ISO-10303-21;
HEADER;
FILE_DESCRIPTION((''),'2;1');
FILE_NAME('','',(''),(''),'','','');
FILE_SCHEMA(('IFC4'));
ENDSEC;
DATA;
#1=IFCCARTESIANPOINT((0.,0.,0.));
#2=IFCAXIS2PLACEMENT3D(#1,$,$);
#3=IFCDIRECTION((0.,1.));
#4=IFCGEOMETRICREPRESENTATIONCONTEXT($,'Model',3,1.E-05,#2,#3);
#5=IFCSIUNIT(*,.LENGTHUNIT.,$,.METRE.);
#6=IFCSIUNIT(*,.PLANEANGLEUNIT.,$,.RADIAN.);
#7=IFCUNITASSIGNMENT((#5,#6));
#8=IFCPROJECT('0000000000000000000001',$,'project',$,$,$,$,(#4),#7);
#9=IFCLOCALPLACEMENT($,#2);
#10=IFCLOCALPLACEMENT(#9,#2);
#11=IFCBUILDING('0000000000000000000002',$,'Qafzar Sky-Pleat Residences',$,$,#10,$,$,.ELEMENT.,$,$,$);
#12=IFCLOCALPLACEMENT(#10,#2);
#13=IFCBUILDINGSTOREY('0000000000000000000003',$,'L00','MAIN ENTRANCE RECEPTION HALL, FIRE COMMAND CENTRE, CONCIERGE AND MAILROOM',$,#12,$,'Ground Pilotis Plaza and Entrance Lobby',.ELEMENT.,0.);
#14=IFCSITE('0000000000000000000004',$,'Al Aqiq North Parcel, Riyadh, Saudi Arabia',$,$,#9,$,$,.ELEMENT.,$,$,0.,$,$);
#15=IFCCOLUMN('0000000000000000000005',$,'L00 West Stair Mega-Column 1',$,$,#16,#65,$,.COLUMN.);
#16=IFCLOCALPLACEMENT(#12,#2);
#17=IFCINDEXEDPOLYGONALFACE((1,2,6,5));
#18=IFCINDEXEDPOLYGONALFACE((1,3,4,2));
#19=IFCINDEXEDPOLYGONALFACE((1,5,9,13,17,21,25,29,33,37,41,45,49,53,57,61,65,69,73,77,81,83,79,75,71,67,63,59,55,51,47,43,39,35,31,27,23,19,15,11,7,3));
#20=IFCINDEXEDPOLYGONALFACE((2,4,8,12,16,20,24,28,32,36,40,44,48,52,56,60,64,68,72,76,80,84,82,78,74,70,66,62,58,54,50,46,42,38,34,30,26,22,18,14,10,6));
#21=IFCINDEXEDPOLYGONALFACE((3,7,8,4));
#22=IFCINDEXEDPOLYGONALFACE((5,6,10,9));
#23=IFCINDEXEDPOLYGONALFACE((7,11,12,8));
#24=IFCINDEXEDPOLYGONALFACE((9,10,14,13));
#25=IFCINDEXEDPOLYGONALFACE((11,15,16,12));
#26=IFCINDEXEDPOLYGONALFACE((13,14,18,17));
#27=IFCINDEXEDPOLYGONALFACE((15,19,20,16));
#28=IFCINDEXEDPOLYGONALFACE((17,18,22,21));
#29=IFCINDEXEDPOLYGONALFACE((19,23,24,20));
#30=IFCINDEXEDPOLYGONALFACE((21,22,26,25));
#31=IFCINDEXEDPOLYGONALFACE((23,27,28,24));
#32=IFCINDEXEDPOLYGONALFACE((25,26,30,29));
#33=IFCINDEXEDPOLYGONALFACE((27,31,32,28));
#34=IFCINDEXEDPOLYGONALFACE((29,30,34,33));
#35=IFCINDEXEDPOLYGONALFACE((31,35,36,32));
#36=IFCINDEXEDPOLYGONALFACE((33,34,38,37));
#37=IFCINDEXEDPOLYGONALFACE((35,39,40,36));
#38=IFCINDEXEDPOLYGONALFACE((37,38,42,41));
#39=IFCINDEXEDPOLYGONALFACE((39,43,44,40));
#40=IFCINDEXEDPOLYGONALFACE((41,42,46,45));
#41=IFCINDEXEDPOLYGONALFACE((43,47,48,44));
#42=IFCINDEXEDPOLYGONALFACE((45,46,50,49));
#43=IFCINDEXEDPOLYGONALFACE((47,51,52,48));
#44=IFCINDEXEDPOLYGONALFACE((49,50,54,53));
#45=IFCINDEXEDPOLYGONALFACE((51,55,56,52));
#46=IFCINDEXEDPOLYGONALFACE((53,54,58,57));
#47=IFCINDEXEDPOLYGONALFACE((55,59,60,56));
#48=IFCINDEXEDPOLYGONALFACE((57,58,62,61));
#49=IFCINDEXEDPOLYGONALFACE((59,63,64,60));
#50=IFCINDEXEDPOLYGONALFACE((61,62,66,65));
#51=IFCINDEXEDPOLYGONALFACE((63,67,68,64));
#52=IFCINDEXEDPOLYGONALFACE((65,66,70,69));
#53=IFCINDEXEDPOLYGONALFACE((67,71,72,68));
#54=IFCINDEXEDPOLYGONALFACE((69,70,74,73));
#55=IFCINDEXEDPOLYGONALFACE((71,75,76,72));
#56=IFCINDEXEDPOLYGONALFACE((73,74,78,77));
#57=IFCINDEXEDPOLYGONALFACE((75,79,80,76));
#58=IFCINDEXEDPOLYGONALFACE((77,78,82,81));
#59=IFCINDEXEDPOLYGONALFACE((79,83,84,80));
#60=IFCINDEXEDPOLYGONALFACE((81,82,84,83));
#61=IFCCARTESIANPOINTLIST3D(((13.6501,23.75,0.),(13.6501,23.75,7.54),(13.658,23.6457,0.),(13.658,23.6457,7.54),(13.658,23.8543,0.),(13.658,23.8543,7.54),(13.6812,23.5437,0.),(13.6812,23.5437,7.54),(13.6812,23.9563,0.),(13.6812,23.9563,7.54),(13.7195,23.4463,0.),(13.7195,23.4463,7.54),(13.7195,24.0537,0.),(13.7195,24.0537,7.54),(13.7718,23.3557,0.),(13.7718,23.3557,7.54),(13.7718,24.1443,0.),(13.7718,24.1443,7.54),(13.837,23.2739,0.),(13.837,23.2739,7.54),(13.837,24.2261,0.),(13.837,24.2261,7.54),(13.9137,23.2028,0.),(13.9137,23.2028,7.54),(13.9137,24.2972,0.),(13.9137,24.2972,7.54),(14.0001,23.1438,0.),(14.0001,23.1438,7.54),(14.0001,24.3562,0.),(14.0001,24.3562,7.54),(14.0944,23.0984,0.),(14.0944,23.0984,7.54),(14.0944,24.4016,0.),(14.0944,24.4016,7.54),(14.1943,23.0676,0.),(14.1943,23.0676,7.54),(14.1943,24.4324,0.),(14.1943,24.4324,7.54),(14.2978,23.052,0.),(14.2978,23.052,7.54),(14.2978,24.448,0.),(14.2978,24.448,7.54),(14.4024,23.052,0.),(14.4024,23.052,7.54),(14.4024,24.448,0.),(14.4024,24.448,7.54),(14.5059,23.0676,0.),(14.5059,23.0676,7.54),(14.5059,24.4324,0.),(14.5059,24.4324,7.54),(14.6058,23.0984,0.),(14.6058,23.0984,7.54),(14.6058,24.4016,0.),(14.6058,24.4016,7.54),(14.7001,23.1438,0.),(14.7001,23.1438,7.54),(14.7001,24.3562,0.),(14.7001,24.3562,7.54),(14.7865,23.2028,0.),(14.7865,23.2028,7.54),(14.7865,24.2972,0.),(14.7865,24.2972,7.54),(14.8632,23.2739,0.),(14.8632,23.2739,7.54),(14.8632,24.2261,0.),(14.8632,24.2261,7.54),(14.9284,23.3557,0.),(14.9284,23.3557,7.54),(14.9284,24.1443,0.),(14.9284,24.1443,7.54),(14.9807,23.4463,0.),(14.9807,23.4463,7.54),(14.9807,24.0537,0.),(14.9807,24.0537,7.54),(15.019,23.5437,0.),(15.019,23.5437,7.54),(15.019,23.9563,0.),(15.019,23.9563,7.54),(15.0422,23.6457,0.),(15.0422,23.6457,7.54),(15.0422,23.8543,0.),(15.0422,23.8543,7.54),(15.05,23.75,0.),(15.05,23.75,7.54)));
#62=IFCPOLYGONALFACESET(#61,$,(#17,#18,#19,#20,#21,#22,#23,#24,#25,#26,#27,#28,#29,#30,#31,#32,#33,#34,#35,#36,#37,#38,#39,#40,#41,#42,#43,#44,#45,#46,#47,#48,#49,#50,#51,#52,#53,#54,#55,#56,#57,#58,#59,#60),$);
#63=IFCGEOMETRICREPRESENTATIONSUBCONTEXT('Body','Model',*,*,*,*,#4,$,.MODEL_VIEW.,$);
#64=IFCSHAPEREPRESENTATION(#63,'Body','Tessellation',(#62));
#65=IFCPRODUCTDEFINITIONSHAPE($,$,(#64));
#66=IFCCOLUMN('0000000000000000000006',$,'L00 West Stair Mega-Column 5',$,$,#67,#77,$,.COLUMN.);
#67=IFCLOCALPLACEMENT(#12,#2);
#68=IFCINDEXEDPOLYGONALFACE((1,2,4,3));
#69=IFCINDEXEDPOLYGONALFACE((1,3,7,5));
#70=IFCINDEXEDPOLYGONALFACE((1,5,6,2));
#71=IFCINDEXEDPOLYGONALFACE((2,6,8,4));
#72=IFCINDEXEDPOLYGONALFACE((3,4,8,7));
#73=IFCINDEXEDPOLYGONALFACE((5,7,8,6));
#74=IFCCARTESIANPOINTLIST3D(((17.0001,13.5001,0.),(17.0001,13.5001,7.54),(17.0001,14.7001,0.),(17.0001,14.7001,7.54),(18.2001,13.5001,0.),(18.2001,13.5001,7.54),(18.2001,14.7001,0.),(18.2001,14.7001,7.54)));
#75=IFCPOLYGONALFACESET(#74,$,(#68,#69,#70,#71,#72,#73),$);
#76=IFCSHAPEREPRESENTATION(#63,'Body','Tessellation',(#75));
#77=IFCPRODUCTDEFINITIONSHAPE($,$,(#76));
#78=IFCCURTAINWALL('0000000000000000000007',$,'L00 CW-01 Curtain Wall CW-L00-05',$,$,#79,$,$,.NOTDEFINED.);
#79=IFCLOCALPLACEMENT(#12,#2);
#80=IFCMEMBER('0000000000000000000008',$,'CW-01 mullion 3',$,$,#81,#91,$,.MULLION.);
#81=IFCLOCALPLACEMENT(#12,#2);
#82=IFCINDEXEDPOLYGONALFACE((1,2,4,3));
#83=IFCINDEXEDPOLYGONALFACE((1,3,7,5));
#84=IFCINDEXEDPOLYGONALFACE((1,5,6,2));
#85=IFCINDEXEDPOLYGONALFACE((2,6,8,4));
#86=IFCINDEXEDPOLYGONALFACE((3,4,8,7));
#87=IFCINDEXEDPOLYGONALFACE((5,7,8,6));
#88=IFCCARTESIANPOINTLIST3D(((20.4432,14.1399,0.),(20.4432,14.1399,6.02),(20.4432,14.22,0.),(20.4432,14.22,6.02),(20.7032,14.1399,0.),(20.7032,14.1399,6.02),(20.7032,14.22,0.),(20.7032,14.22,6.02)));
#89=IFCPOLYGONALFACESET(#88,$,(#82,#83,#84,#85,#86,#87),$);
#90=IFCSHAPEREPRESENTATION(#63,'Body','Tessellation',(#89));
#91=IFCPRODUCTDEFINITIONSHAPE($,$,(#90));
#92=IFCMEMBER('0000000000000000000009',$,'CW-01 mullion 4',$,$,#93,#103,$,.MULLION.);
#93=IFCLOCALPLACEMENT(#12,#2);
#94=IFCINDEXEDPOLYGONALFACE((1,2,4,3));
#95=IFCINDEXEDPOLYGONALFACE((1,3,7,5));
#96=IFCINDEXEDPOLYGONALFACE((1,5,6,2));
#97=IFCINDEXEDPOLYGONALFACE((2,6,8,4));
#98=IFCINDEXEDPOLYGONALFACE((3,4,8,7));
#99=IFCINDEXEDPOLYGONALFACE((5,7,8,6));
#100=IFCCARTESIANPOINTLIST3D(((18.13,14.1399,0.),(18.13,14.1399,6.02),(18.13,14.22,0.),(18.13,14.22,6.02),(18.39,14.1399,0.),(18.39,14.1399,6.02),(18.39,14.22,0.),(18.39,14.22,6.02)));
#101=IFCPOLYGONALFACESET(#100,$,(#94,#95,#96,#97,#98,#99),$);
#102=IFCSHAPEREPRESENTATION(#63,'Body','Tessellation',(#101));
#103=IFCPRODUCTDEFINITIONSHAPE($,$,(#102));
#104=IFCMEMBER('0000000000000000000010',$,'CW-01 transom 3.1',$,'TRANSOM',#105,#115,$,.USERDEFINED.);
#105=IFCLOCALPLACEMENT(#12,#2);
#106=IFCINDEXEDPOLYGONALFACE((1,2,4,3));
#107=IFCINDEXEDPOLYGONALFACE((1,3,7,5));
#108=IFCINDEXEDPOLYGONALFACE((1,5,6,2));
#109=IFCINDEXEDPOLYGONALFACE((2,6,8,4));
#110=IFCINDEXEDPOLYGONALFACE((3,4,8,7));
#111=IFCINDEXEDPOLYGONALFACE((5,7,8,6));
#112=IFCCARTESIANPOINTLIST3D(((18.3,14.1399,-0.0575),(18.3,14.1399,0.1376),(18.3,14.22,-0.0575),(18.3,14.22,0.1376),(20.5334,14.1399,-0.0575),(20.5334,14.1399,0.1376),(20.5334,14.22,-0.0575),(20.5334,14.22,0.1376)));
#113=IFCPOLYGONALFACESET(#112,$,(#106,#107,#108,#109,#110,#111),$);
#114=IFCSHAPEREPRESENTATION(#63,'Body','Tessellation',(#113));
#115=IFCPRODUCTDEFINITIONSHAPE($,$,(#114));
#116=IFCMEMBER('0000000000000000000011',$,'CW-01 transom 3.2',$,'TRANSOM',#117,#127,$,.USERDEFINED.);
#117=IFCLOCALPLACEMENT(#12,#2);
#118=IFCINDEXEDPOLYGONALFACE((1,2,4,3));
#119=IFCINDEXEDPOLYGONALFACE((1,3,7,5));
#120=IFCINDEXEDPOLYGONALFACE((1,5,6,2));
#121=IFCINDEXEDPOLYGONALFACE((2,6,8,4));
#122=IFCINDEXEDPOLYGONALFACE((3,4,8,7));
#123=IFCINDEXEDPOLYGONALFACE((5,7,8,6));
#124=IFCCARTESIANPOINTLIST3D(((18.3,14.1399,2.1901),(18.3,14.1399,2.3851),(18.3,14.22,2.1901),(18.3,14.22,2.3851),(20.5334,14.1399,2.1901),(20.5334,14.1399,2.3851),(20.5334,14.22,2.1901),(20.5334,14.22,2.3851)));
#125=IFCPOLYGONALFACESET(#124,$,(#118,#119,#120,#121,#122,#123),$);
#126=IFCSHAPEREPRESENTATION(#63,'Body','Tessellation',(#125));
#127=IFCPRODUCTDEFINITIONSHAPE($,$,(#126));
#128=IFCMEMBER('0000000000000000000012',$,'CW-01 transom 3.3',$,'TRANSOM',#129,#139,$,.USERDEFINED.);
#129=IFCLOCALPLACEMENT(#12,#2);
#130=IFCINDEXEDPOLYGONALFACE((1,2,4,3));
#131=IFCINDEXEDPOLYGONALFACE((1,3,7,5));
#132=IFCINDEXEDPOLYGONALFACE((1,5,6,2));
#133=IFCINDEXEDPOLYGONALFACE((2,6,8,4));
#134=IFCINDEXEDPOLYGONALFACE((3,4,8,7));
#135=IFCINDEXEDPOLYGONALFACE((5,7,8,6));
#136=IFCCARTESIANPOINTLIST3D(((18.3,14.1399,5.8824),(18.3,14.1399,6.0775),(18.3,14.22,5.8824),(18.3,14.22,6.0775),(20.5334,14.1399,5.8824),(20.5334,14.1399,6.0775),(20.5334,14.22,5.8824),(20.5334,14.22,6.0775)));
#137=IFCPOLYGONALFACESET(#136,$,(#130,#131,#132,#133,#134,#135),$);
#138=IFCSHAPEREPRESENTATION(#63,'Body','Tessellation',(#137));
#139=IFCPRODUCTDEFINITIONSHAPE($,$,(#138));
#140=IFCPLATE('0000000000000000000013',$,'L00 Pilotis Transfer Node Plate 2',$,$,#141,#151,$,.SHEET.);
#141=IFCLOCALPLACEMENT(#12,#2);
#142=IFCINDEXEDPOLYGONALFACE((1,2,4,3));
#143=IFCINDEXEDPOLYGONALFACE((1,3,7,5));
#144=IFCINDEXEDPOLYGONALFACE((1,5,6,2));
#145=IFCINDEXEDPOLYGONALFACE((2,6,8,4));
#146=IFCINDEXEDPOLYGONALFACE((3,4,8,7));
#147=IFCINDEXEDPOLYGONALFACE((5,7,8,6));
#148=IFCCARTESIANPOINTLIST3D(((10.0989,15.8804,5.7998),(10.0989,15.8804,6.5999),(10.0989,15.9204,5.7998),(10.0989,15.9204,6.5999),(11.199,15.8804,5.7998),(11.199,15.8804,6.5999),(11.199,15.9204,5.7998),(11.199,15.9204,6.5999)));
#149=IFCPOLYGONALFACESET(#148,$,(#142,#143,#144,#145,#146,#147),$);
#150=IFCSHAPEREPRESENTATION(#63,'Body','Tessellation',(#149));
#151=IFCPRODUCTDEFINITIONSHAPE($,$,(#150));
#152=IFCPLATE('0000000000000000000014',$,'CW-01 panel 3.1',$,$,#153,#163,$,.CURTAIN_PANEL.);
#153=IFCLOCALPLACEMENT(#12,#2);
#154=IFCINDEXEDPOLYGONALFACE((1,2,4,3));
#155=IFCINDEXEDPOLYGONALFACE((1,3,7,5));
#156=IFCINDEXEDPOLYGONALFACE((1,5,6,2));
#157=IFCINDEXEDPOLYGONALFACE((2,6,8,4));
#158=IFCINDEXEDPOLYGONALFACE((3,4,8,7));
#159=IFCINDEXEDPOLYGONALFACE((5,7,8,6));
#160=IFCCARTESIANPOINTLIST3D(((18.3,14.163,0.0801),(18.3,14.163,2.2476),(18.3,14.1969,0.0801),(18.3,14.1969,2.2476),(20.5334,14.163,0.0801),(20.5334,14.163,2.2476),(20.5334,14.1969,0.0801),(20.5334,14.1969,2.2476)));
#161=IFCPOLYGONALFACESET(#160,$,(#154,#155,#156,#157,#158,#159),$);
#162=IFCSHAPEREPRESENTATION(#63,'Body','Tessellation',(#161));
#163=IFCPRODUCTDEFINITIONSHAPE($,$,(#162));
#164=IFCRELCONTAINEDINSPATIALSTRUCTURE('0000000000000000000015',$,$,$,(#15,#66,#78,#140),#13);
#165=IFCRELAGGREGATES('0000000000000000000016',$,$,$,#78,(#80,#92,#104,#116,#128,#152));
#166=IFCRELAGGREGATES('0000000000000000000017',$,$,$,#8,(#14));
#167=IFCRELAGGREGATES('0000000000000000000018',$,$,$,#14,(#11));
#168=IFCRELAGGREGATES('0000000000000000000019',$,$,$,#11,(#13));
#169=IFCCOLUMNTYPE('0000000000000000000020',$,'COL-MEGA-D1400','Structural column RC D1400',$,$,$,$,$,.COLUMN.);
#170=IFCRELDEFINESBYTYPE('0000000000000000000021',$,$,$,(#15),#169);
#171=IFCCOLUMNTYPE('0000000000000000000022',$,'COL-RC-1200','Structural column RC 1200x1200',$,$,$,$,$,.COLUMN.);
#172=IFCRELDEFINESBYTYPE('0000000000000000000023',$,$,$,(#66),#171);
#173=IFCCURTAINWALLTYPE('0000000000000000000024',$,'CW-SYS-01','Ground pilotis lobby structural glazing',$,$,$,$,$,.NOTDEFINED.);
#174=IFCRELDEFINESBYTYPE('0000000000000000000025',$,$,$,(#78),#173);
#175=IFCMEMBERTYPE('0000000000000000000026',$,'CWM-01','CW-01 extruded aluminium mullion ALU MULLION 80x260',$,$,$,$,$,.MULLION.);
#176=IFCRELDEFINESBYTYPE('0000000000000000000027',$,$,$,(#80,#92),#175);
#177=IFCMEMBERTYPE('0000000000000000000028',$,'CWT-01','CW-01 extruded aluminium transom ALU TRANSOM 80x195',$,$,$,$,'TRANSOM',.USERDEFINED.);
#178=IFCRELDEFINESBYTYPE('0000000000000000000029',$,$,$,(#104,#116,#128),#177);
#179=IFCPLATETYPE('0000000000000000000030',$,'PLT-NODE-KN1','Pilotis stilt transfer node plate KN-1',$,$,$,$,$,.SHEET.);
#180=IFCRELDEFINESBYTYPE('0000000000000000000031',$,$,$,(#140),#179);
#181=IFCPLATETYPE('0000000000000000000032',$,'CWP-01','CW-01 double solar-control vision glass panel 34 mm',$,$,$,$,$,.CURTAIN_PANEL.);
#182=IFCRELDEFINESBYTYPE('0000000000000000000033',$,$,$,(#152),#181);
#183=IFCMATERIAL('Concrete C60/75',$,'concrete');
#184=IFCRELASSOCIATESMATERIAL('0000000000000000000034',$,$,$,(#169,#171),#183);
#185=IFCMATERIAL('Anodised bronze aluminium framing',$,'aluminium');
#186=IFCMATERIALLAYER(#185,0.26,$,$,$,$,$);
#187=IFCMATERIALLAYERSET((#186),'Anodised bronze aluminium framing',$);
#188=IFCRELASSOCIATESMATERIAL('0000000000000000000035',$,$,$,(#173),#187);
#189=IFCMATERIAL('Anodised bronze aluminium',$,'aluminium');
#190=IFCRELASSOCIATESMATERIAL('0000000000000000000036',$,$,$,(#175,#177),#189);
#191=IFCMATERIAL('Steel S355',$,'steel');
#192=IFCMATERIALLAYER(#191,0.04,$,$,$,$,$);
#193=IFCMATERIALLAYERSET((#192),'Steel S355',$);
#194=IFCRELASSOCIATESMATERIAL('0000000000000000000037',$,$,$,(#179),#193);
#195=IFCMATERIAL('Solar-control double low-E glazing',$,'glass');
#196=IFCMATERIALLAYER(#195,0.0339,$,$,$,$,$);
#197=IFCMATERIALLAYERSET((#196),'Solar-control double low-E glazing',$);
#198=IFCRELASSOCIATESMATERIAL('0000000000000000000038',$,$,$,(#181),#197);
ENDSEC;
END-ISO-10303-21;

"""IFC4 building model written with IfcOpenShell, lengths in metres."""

from ifc_helpers import new_model, si_unit, direction, frame, origin, origin_2d, place, context, subcontext, project, spatial, rectangle, circle, extrude, source, transform, mapped, material, layer, layer_set, material_profile, profile_set, type_object, element, aggregate, save


model = new_model("IFC4")

# Units and contexts
model_context = context("Model", 3, precision=1e-05, world=origin(), true_north=direction((0.0, 1.0)))
body_context = subcontext(model_context, "Body", "Model", "MODEL_VIEW")
ifc_project = project(units=[si_unit("LENGTHUNIT", "METRE"), si_unit("PLANEANGLEUNIT", "RADIAN")], contexts=[model_context])

# Site, building, storey
site_placement = place(None, origin())
site = spatial("IfcSite", under=ifc_project, at=site_placement, Name="Al Aqiq North Parcel, Riyadh, Saudi Arabia", CompositionType="ELEMENT", RefElevation=0.0)
building_placement = place(site_placement, origin())
building = spatial("IfcBuilding", under=site, at=building_placement, Name="Qafzar Sky-Pleat Residences", CompositionType="ELEMENT")
storey_placement = place(building_placement, origin())
storey = spatial("IfcBuildingStorey", under=building, at=storey_placement, Name="L00", Description="MAIN ENTRANCE RECEPTION HALL, FIRE COMMAND CENTRE, CONCIERGE AND MAILROOM", LongName="Ground Pilotis Plaza and Entrance Lobby", CompositionType="ELEMENT", Elevation=0.0)

# Columns
ifc_material_1 = material(Name="Concrete C60/75", Category="concrete")
ifc_material_profile_1 = material_profile(ifc_material_1, circle(Radius=0.7, at=origin_2d()), Name="RC D1400")
ifc_profile_set_1 = profile_set([ifc_material_profile_1], Name="Concrete C60/75")
column_type_1 = type_object("IfcColumnType", Name="COL-MEGA-D1400", Description="Structural column RC D1400", PredefinedType="COLUMN", material=ifc_profile_set_1)
shared_shape_1 = source(origin(), body_context, "Body", "SweptSolid", [
    extrude(circle(Radius=0.7, at=origin_2d()), origin(), (0.0, 0.0, 1.0), 7.54),
])
column_1_placement = place(storey_placement, frame((14.3501, 23.75, 0.0), z_axis=(0.0, 0.0, 1.0), x_axis=(1.0, 0.0, 0.0)))
element("IfcColumn", 1, at=column_1_placement, inside=storey, type_object=column_type_1, Name="L00 West Stair Mega-Column 1", PredefinedType="COLUMN", context=body_context, shape_type="MappedRepresentation", body=[
    mapped(shared_shape_1, transform((0.0, 0.0, 0.0), x_axis=(1.0, 0.0, 0.0), y_axis=(0.0, 1.0, 0.0), z_axis=(0.0, 0.0, 1.0), scale=1.0)),
])
ifc_material_profile_2 = material_profile(ifc_material_1, rectangle(XDim=1.2, YDim=1.2, at=origin_2d()), Name="RC 1200x1200")
ifc_profile_set_2 = profile_set([ifc_material_profile_2], Name="Concrete C60/75")
column_type_2 = type_object("IfcColumnType", Name="COL-RC-1200", Description="Structural column RC 1200x1200", PredefinedType="COLUMN", material=ifc_profile_set_2)
shared_shape_2 = source(origin(), body_context, "Body", "SweptSolid", [
    extrude(rectangle(XDim=1.2, YDim=1.2, at=origin_2d()), origin(), (0.0, 0.0, 1.0), 7.54),
])
column_2_placement = place(storey_placement, frame((17.6001, 14.1001, 0.0), z_axis=(0.0, 0.0, 1.0), x_axis=(1.0, 0.0, 0.0)))
element("IfcColumn", 2, at=column_2_placement, inside=storey, type_object=column_type_2, Name="L00 West Stair Mega-Column 5", PredefinedType="COLUMN", context=body_context, shape_type="MappedRepresentation", body=[
    mapped(shared_shape_2, transform((0.0, 0.0, 0.0), x_axis=(1.0, 0.0, 0.0), y_axis=(0.0, 1.0, 0.0), z_axis=(0.0, 0.0, 1.0), scale=1.0)),
])

# Curtain wall, members
ifc_material_2 = material(Name="Anodised bronze aluminium framing", Category="aluminium")
ifc_layer_1 = layer(ifc_material_2, 0.26)
ifc_layer_set_1 = layer_set([ifc_layer_1], Name="Anodised bronze aluminium framing")
curtain_wall_type = type_object("IfcCurtainWallType", Name="CW-SYS-01", Description="Ground pilotis lobby structural glazing", PredefinedType="NOTDEFINED", material=ifc_layer_set_1)
curtain_wall_placement = place(storey_placement, origin())
curtain_wall = element("IfcCurtainWall", 3, at=curtain_wall_placement, inside=storey, type_object=curtain_wall_type, Name="L00 CW-01 Curtain Wall CW-L00-05", PredefinedType="NOTDEFINED")
ifc_material_3 = material(Name="Anodised bronze aluminium", Category="aluminium")
ifc_material_profile_3 = material_profile(ifc_material_3, rectangle(XDim=0.0801, YDim=0.26, at=origin_2d()), Name="ALU MULLION 80x260")
ifc_profile_set_3 = profile_set([ifc_material_profile_3], Name="Anodised bronze aluminium")
member_type_1 = type_object("IfcMemberType", Name="CWM-01", Description="CW-01 extruded aluminium mullion ALU MULLION 80x260", PredefinedType="MULLION", material=ifc_profile_set_3)
shared_shape_3 = source(origin(), body_context, "Body", "SweptSolid", [
    extrude(rectangle(XDim=0.0801, YDim=0.26, at=origin_2d()), origin(), (0.0, 0.0, 1.0), 6.02),
])
member_1_placement = place(storey_placement, frame((20.5732, 14.1799, 0.0), z_axis=(0.0, 0.0, 1.0), x_axis=(0.0, -1.0, 0.0)))
member_1 = element("IfcMember", 4, at=member_1_placement, type_object=member_type_1, Name="CW-01 mullion 3", PredefinedType="MULLION", context=body_context, shape_type="MappedRepresentation", body=[
    mapped(shared_shape_3, transform((0.0, 0.0, 0.0), x_axis=(1.0, 0.0, 0.0), y_axis=(0.0, 1.0, 0.0), z_axis=(0.0, 0.0, 1.0), scale=1.0)),
])
member_2_placement = place(storey_placement, frame((18.26, 14.1799, 0.0), z_axis=(0.0, 0.0, 1.0), x_axis=(0.0, -1.0, 0.0)))
member_2 = element("IfcMember", 5, at=member_2_placement, type_object=member_type_1, Name="CW-01 mullion 4", PredefinedType="MULLION", context=body_context, shape_type="MappedRepresentation", body=[
    mapped(shared_shape_3, transform((0.0, 0.0, 0.0), x_axis=(1.0, 0.0, 0.0), y_axis=(0.0, 1.0, 0.0), z_axis=(0.0, 0.0, 1.0), scale=1.0)),
])
ifc_material_profile_4 = material_profile(ifc_material_3, rectangle(XDim=0.0801, YDim=0.1951, at=origin_2d()), Name="ALU TRANSOM 80x195")
ifc_profile_set_4 = profile_set([ifc_material_profile_4], Name="Anodised bronze aluminium")
member_type_2 = type_object("IfcMemberType", Name="CWT-01", Description="CW-01 extruded aluminium transom ALU TRANSOM 80x195", ElementType="TRANSOM", PredefinedType="USERDEFINED", material=ifc_profile_set_4)
shared_shape_4 = source(origin(), body_context, "Body", "SweptSolid", [
    extrude(rectangle(XDim=0.0801, YDim=0.1951, at=origin_2d()), origin(), (0.0, 0.0, 1.0), 2.2334),
])
member_3_placement = place(storey_placement, frame((20.5334, 14.1799, 0.04), z_axis=(-1.0, 0.0, 0.0), x_axis=(0.0, -1.0, 0.0)))
member_3 = element("IfcMember", 6, at=member_3_placement, type_object=member_type_2, Name="CW-01 transom 3.1", ObjectType="TRANSOM", PredefinedType="USERDEFINED", context=body_context, shape_type="MappedRepresentation", body=[
    mapped(shared_shape_4, transform((0.0, 0.0, 0.0), x_axis=(1.0, 0.0, 0.0), y_axis=(0.0, 1.0, 0.0), z_axis=(0.0, 0.0, 1.0), scale=1.0)),
])
member_4_placement = place(storey_placement, frame((20.5334, 14.1799, 2.2876), z_axis=(-1.0, 0.0, 0.0), x_axis=(0.0, -1.0, 0.0)))
member_4 = element("IfcMember", 7, at=member_4_placement, type_object=member_type_2, Name="CW-01 transom 3.2", ObjectType="TRANSOM", PredefinedType="USERDEFINED", context=body_context, shape_type="MappedRepresentation", body=[
    mapped(shared_shape_4, transform((0.0, 0.0, 0.0), x_axis=(1.0, 0.0, 0.0), y_axis=(0.0, 1.0, 0.0), z_axis=(0.0, 0.0, 1.0), scale=1.0)),
])
member_5_placement = place(storey_placement, frame((20.5334, 14.1799, 5.98), z_axis=(-1.0, 0.0, 0.0), x_axis=(0.0, -1.0, 0.0)))
member_5 = element("IfcMember", 8, at=member_5_placement, type_object=member_type_2, Name="CW-01 transom 3.3", ObjectType="TRANSOM", PredefinedType="USERDEFINED", context=body_context, shape_type="MappedRepresentation", body=[
    mapped(shared_shape_4, transform((0.0, 0.0, 0.0), x_axis=(1.0, 0.0, 0.0), y_axis=(0.0, 1.0, 0.0), z_axis=(0.0, 0.0, 1.0), scale=1.0)),
])

# Plates
ifc_material_4 = material(Name="Steel S355", Category="steel")
ifc_layer_2 = layer(ifc_material_4, 0.04)
ifc_layer_set_2 = layer_set([ifc_layer_2], Name="Steel S355")
plate_type_1 = type_object("IfcPlateType", Name="PLT-NODE-KN1", Description="Pilotis stilt transfer node plate KN-1", PredefinedType="SHEET", material=ifc_layer_set_2)
shared_shape_5 = source(origin(), body_context, "Body", "SweptSolid", [
    extrude(rectangle(XDim=1.1001, YDim=0.04, at=origin_2d()), origin(), (0.0, 0.0, 1.0), 0.8),
])
plate_1_placement = place(storey_placement, frame((10.6489, 15.9004, 5.7998), z_axis=(0.0, 0.0, 1.0), x_axis=(1.0, 0.0, 0.0)))
element("IfcPlate", 9, at=plate_1_placement, inside=storey, type_object=plate_type_1, Name="L00 Pilotis Transfer Node Plate 2", PredefinedType="SHEET", context=body_context, shape_type="MappedRepresentation", body=[
    mapped(shared_shape_5, transform((0.0, 0.0, 0.0), x_axis=(1.0, 0.0, 0.0), y_axis=(0.0, 1.0, 0.0), z_axis=(0.0, 0.0, 1.0), scale=1.0)),
])
ifc_material_5 = material(Name="Solar-control double low-E glazing", Category="glass")
ifc_layer_3 = layer(ifc_material_5, 0.0339)
ifc_layer_set_3 = layer_set([ifc_layer_3], Name="Solar-control double low-E glazing")
plate_type_2 = type_object("IfcPlateType", Name="CWP-01", Description="CW-01 double solar-control vision glass panel 34 mm", PredefinedType="CURTAIN_PANEL", material=ifc_layer_set_3)
shared_shape_6 = source(origin(), body_context, "Body", "SweptSolid", [
    extrude(rectangle(XDim=2.2334, YDim=0.0339, at=origin_2d()), origin(), (0.0, 0.0, 1.0), 2.1675),
])
plate_2_placement = place(storey_placement, frame((19.4167, 14.1799, 0.0801), z_axis=(0.0, 0.0, 1.0), x_axis=(-1.0, 0.0, 0.0)))
plate_2 = element("IfcPlate", 10, at=plate_2_placement, type_object=plate_type_2, Name="CW-01 panel 3.1", PredefinedType="CURTAIN_PANEL", context=body_context, shape_type="MappedRepresentation", body=[
    mapped(shared_shape_6, transform((0.0, 0.0, 0.0), x_axis=(1.0, 0.0, 0.0), y_axis=(0.0, 1.0, 0.0), z_axis=(0.0, 0.0, 1.0), scale=1.0)),
])
aggregate(curtain_wall, [member_1, member_2, member_3, member_4, member_5, plate_2])

save(model, "model.ifc")
